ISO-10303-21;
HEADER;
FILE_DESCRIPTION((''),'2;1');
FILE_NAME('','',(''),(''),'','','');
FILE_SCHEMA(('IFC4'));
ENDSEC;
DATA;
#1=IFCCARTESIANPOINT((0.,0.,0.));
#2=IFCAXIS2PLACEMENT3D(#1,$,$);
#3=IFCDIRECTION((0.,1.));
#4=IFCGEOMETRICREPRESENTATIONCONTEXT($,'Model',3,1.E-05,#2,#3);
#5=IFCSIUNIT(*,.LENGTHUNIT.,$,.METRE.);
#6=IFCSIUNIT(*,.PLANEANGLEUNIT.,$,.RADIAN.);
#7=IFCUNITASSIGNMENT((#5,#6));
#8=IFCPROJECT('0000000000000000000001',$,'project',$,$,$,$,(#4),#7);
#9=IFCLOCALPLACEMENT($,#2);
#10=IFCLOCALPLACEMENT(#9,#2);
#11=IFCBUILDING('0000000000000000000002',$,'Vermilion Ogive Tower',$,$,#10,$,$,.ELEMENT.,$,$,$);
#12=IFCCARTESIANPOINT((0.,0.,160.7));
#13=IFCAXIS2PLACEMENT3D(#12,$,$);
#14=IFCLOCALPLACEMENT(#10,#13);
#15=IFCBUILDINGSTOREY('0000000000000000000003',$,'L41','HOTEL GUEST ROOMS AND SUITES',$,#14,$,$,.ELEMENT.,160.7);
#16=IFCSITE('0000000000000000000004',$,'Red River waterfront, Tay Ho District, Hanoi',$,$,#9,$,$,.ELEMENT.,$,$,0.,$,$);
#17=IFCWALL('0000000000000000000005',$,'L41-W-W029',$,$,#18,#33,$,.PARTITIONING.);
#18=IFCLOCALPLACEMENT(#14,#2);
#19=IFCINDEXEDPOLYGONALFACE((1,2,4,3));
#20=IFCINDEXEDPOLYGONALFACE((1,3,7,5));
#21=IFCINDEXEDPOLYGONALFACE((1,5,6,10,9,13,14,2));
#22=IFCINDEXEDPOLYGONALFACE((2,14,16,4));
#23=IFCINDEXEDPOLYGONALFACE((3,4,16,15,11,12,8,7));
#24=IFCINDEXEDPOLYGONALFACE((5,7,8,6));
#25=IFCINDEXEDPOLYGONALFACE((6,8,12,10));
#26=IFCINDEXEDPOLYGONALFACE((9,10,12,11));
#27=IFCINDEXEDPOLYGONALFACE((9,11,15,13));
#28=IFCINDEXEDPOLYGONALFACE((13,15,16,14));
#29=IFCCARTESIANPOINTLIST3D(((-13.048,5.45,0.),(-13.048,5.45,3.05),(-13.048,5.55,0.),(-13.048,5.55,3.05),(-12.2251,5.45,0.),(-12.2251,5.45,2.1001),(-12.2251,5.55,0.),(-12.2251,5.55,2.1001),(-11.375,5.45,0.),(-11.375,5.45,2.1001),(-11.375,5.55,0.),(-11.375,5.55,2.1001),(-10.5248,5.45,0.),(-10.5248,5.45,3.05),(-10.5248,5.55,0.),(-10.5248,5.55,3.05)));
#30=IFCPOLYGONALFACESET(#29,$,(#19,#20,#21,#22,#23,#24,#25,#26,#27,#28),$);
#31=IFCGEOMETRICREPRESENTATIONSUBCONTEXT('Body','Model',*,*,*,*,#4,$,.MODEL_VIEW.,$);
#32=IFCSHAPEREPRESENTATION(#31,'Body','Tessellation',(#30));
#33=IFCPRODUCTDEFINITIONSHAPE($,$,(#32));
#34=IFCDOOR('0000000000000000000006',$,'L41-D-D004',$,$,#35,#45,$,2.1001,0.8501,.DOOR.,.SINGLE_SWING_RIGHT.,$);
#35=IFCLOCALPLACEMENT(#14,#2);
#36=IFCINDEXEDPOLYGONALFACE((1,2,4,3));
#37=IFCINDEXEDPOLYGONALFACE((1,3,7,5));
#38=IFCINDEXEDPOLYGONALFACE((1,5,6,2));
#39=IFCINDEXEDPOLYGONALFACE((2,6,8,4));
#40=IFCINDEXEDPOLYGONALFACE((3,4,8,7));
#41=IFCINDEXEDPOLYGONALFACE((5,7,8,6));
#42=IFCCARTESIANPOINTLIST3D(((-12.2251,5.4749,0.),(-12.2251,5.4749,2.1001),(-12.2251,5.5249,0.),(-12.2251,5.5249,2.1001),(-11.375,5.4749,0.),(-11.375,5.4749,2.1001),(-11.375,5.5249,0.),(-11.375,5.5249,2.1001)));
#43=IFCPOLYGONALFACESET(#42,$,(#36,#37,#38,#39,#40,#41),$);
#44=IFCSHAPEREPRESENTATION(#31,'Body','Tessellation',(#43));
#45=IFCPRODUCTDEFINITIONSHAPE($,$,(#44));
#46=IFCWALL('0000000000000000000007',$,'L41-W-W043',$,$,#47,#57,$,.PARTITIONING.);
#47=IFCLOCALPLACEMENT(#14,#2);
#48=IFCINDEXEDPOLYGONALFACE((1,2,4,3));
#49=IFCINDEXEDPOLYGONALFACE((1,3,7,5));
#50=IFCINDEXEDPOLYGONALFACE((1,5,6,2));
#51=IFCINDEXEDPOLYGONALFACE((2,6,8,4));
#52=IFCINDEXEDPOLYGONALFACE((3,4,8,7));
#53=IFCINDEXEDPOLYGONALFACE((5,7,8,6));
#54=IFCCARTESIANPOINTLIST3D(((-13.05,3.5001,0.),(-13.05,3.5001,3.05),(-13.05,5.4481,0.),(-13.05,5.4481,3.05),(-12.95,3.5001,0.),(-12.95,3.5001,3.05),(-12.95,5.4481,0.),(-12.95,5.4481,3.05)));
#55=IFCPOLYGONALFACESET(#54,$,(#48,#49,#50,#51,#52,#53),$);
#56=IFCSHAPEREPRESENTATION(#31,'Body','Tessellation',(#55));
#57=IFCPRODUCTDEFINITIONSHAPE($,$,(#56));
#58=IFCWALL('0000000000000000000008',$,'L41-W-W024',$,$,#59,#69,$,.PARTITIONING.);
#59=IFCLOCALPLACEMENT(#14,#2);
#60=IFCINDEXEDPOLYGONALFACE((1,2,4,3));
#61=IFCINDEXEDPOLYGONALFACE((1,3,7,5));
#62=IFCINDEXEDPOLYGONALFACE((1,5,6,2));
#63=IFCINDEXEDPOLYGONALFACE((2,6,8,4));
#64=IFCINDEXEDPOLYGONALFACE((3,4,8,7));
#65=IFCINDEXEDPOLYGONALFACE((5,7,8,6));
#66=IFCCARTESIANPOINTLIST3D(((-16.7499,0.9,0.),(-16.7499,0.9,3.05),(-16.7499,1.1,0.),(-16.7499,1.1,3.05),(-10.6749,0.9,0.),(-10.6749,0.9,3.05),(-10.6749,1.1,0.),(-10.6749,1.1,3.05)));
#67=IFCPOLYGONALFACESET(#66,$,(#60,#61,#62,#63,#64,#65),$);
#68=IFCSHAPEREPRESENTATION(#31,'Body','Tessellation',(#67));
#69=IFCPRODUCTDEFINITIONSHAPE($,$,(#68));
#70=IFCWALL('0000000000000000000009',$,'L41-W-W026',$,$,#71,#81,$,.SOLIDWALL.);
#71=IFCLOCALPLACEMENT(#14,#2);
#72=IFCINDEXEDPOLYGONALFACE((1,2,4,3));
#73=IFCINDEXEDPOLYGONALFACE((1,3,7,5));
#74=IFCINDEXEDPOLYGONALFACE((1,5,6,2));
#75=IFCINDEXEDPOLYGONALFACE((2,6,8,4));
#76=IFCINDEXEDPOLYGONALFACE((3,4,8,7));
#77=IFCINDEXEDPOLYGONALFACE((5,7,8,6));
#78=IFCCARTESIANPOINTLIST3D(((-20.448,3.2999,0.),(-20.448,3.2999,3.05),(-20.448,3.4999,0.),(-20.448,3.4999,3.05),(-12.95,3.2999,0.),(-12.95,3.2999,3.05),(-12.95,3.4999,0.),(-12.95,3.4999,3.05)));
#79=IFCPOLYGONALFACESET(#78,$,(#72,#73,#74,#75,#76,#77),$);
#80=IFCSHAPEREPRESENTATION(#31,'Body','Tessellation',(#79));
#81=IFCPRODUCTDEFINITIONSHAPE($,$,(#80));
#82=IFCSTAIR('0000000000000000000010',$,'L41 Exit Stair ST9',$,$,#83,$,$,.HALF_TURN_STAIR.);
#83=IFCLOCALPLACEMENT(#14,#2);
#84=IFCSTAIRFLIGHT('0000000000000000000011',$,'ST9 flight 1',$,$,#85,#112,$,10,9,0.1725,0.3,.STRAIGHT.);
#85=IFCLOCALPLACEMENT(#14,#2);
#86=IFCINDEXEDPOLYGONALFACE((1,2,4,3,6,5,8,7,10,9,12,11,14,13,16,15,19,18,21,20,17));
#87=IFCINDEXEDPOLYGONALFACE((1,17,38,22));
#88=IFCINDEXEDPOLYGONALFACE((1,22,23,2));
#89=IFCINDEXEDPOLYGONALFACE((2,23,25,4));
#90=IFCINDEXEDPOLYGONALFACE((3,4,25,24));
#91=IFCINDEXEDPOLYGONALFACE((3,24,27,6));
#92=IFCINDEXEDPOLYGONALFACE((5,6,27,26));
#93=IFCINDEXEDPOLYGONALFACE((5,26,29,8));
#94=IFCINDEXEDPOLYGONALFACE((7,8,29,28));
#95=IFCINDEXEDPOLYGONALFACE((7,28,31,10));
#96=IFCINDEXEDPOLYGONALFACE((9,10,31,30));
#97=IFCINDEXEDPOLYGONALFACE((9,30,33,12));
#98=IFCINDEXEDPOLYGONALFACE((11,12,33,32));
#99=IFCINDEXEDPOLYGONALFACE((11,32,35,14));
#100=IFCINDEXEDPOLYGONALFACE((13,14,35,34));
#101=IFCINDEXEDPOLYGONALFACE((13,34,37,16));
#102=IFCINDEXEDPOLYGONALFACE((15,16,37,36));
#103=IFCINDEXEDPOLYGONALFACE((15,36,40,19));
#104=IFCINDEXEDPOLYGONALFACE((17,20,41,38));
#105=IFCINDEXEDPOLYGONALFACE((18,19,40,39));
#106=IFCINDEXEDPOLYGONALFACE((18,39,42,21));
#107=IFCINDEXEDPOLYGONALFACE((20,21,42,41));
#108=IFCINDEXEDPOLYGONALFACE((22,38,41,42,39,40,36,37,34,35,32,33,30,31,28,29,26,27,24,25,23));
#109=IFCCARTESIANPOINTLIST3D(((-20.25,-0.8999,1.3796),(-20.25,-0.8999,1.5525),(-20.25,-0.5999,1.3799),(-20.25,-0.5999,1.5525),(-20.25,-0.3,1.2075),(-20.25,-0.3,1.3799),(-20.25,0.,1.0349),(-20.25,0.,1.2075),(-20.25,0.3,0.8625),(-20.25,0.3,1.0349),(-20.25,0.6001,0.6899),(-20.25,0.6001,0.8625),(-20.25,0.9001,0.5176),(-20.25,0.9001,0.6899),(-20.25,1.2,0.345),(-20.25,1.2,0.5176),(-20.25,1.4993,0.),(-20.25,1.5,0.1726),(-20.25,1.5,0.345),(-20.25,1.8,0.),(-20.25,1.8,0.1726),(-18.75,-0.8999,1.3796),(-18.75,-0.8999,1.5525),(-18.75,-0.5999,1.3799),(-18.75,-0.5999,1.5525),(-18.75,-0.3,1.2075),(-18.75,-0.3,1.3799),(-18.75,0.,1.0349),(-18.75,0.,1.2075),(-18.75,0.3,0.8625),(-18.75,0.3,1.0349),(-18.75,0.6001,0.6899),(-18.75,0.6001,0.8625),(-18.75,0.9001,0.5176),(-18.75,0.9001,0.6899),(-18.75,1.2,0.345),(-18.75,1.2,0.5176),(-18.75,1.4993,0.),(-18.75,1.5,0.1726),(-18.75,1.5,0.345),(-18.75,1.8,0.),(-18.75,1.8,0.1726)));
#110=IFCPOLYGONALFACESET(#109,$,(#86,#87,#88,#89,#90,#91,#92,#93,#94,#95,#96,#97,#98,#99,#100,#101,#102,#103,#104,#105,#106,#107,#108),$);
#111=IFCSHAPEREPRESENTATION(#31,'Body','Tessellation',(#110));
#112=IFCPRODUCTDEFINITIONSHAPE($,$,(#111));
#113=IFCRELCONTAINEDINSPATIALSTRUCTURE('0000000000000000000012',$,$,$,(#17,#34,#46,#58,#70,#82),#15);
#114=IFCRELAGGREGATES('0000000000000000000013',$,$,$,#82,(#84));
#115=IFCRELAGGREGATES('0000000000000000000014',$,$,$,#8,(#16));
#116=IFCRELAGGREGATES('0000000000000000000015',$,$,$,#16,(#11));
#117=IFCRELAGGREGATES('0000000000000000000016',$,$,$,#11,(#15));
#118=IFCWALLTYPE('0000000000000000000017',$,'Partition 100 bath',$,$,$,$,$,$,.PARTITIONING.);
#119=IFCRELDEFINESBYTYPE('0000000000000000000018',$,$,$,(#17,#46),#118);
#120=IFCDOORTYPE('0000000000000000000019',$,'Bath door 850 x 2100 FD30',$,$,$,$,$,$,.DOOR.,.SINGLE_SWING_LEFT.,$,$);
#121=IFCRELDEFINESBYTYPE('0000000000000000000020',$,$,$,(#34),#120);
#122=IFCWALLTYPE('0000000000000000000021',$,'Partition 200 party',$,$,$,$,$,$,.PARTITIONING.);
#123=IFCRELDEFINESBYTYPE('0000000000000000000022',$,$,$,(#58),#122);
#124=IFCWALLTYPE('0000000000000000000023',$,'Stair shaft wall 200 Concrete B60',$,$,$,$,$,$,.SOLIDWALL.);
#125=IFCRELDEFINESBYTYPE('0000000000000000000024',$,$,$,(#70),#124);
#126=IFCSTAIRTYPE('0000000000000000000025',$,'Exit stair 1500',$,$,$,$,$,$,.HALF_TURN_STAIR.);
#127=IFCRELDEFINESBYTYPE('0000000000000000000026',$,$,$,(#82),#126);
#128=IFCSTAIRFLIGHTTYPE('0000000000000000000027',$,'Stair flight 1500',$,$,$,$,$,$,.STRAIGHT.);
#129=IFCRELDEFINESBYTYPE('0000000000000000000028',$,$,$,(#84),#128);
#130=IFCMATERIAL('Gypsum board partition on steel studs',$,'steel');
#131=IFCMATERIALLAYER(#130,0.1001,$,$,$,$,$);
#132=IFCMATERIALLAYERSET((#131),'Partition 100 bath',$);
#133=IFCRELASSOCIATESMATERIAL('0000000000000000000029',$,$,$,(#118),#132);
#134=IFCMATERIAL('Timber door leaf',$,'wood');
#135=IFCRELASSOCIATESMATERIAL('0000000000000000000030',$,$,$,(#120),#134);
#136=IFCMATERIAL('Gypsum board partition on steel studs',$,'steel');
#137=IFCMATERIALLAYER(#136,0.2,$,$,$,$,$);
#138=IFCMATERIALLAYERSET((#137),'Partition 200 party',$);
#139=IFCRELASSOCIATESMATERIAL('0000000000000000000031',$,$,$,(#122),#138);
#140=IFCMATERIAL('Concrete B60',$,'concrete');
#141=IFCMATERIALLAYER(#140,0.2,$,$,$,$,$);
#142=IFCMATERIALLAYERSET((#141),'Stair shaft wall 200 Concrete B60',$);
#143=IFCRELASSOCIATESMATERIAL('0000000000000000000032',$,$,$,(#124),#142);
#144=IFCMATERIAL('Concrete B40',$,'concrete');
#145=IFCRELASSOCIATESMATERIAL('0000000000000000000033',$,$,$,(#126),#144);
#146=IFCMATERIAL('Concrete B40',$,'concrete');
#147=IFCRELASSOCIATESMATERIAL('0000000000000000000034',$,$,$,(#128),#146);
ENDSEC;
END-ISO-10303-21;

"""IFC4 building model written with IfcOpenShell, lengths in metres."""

from ifc_helpers import new_model, si_unit, direction, frame, frame_2d, origin, place, context, subcontext, project, spatial, polyline, rectangle, outline, extrude, material, layer, layer_set, type_object, element, fill, aggregate, save


model = new_model("IFC4")

# Units and contexts
model_context = context("Model", 3, precision=1e-05, world=origin(), true_north=direction((0.0, 1.0)))
body_context = subcontext(model_context, "Body", "Model", "MODEL_VIEW")
ifc_project = project(units=[si_unit("LENGTHUNIT", "METRE"), si_unit("PLANEANGLEUNIT", "RADIAN")], contexts=[model_context])

# Site, building, storey
site_placement = place(None, origin())
site = spatial("IfcSite", under=ifc_project, at=site_placement, Name="Red River waterfront, Tay Ho District, Hanoi", CompositionType="ELEMENT", RefElevation=0.0)
building_placement = place(site_placement, origin())
building = spatial("IfcBuilding", under=site, at=building_placement, Name="Vermilion Ogive Tower", CompositionType="ELEMENT")
storey_placement = place(building_placement, frame((0.0, 0.0, 160.7)))
storey = spatial("IfcBuildingStorey", under=building, at=storey_placement, Name="L41", Description="HOTEL GUEST ROOMS AND SUITES", CompositionType="ELEMENT", Elevation=160.7)

# Shared definitions
ifc_material_1 = material(Name="Gypsum board partition on steel studs", Category="steel")
ifc_layer_1 = layer(ifc_material_1, 0.1001)
ifc_layer_set_1 = layer_set([ifc_layer_1], Name="Partition 100 bath")
wall_type_1 = type_object("IfcWallType", Name="Partition 100 bath", PredefinedType="PARTITIONING", material=ifc_layer_set_1)

# Wall, opening, door
wall_1_placement = place(storey_placement, frame((-13.0481, 5.5, 0.0), z_axis=(0.0, 0.0, 1.0), x_axis=(1.0, 0.0, 0.0)))
wall_1 = element("IfcWall", 1, at=wall_1_placement, inside=storey, type_object=wall_type_1, Name="L41-W-W029", PredefinedType="PARTITIONING", context=body_context, shape_type="SweptSolid", body=[
    extrude(rectangle(XDim=2.5232, YDim=0.1001, at=frame_2d((1.2617, 0.0))), origin(), (0.0, 0.0, 1.0), 3.05),
])
opening_placement = place(wall_1_placement, frame((0.823, 0.0, 0.0)))
opening = element("IfcOpeningElement", 2, at=opening_placement, cuts=wall_1, PredefinedType="OPENING", context=body_context, shape_type="SweptSolid", body=[
    extrude(rectangle(XDim=0.8501, YDim=2.1001, at=frame_2d((0.425, 1.05))), frame((0.0, 0.0601, 0.0), z_axis=(0.0, -1.0, 0.0), x_axis=(1.0, 0.0, 0.0)), (0.0, 0.0, 1.0), 0.1201),
])
ifc_material_2 = material(Name="Timber door leaf", Category="wood")
door_type = type_object("IfcDoorType", Name="Bath door 850 x 2100 FD30", OperationType="SINGLE_SWING_LEFT", PredefinedType="DOOR", material=ifc_material_2)
door_placement = place(opening_placement, origin())
door = element("IfcDoor", 3, at=door_placement, inside=storey, type_object=door_type, Name="L41-D-D004", OperationType="SINGLE_SWING_RIGHT", OverallHeight=2.1001, OverallWidth=0.8501, PredefinedType="DOOR", context=body_context, shape_type="SweptSolid", body=[
    extrude(rectangle(XDim=0.8501, YDim=2.1001, at=frame_2d((0.425, 1.05))), frame((0.0, 0.0249, 0.0), z_axis=(0.0, -1.0, 0.0), x_axis=(1.0, 0.0, 0.0)), (0.0, 0.0, 1.0), 0.05),
])
fill(opening, door)

# Walls
wall_2_placement = place(storey_placement, frame((-13.0, 3.5, 0.0), z_axis=(0.0, 0.0, 1.0), x_axis=(0.0, 1.0, 0.0)))
element("IfcWall", 4, at=wall_2_placement, inside=storey, type_object=wall_type_1, Name="L41-W-W043", PredefinedType="PARTITIONING", context=body_context, shape_type="SweptSolid", body=[
    extrude(rectangle(XDim=1.948, YDim=0.1001, at=frame_2d((0.9741, 0.0))), origin(), (0.0, 0.0, 1.0), 3.05),
])
ifc_material_3 = material(Name="Gypsum board partition on steel studs", Category="steel")
ifc_layer_2 = layer(ifc_material_3, 0.2)
ifc_layer_set_2 = layer_set([ifc_layer_2], Name="Partition 200 party")
wall_type_2 = type_object("IfcWallType", Name="Partition 200 party", PredefinedType="PARTITIONING", material=ifc_layer_set_2)
wall_3_placement = place(storey_placement, frame((-16.75, 1.0, 0.0), z_axis=(0.0, 0.0, 1.0), x_axis=(1.0, 0.0, 0.0)))
element("IfcWall", 5, at=wall_3_placement, inside=storey, type_object=wall_type_2, Name="L41-W-W024", PredefinedType="PARTITIONING", context=body_context, shape_type="SweptSolid", body=[
    extrude(rectangle(XDim=6.075, YDim=0.2, at=frame_2d((3.0376, 0.0))), origin(), (0.0, 0.0, 1.0), 3.05),
])
ifc_material_4 = material(Name="Concrete B60", Category="concrete")
ifc_layer_3 = layer(ifc_material_4, 0.2)
ifc_layer_set_3 = layer_set([ifc_layer_3], Name="Stair shaft wall 200 Concrete B60")
wall_type_3 = type_object("IfcWallType", Name="Stair shaft wall 200 Concrete B60", PredefinedType="SOLIDWALL", material=ifc_layer_set_3)
wall_4_placement = place(storey_placement, frame((-20.448, 3.3999, 0.0), z_axis=(0.0, 0.0, 1.0), x_axis=(1.0, 0.0, 0.0)))
element("IfcWall", 6, at=wall_4_placement, inside=storey, type_object=wall_type_3, Name="L41-W-W026", PredefinedType="SOLIDWALL", context=body_context, shape_type="SweptSolid", body=[
    extrude(rectangle(XDim=7.498, YDim=0.2, at=frame_2d((3.749, 0.0))), origin(), (0.0, 0.0, 1.0), 3.05),
])

# Stair, stair flight
ifc_material_5 = material(Name="Concrete B40", Category="concrete")
stair_type = type_object("IfcStairType", Name="Exit stair 1500", PredefinedType="HALF_TURN_STAIR", material=ifc_material_5)
stair_placement = place(storey_placement, origin())
stair = element("IfcStair", 7, at=stair_placement, inside=storey, type_object=stair_type, Name="L41 Exit Stair ST9", PredefinedType="HALF_TURN_STAIR")
ifc_material_6 = material(Name="Concrete B40", Category="concrete")
stair_flight_type = type_object("IfcStairFlightType", Name="Stair flight 1500", PredefinedType="STRAIGHT", material=ifc_material_6)
stair_flight_placement = place(storey_placement, frame((-19.5, 1.8, 0.0), z_axis=(0.0, 0.0, 1.0), x_axis=(0.0, -1.0, 0.0)))
stair_flight = element("IfcStairFlight", 8, at=stair_flight_placement, type_object=stair_flight_type, Name="ST9 flight 1", NumberOfRisers=10, NumberOfTreads=9, PredefinedType="STRAIGHT", RiserHeight=0.1725, TreadLength=0.3, context=body_context, shape_type="SweptSolid", body=[
    extrude(outline(polyline([(0.0, 0.0), (0.0, 0.1726), (0.3, 0.1726), (0.3, 0.345), (0.6001, 0.345), (0.6001, 0.5176), (0.8999, 0.5176), (0.8999, 0.6899), (1.2, 0.6899), (1.2, 0.8625), (1.5, 0.8625), (1.5, 1.0349), (1.8, 1.0349), (1.8, 1.2075), (2.1001, 1.2075), (2.1001, 1.3799), (2.3999, 1.3799), (2.3999, 1.5525), (2.7, 1.5525), (2.7, 1.7251), (2.7, 1.3796), (0.3008, 0.0), (0.0, 0.0)])), frame((0.0, 0.75, 0.0), z_axis=(0.0, -1.0, 0.0), x_axis=(1.0, 0.0, 0.0)), (0.0, 0.0, 1.0), 1.5),
])
aggregate(stair, [stair_flight])

save(model, "model.ifc")
